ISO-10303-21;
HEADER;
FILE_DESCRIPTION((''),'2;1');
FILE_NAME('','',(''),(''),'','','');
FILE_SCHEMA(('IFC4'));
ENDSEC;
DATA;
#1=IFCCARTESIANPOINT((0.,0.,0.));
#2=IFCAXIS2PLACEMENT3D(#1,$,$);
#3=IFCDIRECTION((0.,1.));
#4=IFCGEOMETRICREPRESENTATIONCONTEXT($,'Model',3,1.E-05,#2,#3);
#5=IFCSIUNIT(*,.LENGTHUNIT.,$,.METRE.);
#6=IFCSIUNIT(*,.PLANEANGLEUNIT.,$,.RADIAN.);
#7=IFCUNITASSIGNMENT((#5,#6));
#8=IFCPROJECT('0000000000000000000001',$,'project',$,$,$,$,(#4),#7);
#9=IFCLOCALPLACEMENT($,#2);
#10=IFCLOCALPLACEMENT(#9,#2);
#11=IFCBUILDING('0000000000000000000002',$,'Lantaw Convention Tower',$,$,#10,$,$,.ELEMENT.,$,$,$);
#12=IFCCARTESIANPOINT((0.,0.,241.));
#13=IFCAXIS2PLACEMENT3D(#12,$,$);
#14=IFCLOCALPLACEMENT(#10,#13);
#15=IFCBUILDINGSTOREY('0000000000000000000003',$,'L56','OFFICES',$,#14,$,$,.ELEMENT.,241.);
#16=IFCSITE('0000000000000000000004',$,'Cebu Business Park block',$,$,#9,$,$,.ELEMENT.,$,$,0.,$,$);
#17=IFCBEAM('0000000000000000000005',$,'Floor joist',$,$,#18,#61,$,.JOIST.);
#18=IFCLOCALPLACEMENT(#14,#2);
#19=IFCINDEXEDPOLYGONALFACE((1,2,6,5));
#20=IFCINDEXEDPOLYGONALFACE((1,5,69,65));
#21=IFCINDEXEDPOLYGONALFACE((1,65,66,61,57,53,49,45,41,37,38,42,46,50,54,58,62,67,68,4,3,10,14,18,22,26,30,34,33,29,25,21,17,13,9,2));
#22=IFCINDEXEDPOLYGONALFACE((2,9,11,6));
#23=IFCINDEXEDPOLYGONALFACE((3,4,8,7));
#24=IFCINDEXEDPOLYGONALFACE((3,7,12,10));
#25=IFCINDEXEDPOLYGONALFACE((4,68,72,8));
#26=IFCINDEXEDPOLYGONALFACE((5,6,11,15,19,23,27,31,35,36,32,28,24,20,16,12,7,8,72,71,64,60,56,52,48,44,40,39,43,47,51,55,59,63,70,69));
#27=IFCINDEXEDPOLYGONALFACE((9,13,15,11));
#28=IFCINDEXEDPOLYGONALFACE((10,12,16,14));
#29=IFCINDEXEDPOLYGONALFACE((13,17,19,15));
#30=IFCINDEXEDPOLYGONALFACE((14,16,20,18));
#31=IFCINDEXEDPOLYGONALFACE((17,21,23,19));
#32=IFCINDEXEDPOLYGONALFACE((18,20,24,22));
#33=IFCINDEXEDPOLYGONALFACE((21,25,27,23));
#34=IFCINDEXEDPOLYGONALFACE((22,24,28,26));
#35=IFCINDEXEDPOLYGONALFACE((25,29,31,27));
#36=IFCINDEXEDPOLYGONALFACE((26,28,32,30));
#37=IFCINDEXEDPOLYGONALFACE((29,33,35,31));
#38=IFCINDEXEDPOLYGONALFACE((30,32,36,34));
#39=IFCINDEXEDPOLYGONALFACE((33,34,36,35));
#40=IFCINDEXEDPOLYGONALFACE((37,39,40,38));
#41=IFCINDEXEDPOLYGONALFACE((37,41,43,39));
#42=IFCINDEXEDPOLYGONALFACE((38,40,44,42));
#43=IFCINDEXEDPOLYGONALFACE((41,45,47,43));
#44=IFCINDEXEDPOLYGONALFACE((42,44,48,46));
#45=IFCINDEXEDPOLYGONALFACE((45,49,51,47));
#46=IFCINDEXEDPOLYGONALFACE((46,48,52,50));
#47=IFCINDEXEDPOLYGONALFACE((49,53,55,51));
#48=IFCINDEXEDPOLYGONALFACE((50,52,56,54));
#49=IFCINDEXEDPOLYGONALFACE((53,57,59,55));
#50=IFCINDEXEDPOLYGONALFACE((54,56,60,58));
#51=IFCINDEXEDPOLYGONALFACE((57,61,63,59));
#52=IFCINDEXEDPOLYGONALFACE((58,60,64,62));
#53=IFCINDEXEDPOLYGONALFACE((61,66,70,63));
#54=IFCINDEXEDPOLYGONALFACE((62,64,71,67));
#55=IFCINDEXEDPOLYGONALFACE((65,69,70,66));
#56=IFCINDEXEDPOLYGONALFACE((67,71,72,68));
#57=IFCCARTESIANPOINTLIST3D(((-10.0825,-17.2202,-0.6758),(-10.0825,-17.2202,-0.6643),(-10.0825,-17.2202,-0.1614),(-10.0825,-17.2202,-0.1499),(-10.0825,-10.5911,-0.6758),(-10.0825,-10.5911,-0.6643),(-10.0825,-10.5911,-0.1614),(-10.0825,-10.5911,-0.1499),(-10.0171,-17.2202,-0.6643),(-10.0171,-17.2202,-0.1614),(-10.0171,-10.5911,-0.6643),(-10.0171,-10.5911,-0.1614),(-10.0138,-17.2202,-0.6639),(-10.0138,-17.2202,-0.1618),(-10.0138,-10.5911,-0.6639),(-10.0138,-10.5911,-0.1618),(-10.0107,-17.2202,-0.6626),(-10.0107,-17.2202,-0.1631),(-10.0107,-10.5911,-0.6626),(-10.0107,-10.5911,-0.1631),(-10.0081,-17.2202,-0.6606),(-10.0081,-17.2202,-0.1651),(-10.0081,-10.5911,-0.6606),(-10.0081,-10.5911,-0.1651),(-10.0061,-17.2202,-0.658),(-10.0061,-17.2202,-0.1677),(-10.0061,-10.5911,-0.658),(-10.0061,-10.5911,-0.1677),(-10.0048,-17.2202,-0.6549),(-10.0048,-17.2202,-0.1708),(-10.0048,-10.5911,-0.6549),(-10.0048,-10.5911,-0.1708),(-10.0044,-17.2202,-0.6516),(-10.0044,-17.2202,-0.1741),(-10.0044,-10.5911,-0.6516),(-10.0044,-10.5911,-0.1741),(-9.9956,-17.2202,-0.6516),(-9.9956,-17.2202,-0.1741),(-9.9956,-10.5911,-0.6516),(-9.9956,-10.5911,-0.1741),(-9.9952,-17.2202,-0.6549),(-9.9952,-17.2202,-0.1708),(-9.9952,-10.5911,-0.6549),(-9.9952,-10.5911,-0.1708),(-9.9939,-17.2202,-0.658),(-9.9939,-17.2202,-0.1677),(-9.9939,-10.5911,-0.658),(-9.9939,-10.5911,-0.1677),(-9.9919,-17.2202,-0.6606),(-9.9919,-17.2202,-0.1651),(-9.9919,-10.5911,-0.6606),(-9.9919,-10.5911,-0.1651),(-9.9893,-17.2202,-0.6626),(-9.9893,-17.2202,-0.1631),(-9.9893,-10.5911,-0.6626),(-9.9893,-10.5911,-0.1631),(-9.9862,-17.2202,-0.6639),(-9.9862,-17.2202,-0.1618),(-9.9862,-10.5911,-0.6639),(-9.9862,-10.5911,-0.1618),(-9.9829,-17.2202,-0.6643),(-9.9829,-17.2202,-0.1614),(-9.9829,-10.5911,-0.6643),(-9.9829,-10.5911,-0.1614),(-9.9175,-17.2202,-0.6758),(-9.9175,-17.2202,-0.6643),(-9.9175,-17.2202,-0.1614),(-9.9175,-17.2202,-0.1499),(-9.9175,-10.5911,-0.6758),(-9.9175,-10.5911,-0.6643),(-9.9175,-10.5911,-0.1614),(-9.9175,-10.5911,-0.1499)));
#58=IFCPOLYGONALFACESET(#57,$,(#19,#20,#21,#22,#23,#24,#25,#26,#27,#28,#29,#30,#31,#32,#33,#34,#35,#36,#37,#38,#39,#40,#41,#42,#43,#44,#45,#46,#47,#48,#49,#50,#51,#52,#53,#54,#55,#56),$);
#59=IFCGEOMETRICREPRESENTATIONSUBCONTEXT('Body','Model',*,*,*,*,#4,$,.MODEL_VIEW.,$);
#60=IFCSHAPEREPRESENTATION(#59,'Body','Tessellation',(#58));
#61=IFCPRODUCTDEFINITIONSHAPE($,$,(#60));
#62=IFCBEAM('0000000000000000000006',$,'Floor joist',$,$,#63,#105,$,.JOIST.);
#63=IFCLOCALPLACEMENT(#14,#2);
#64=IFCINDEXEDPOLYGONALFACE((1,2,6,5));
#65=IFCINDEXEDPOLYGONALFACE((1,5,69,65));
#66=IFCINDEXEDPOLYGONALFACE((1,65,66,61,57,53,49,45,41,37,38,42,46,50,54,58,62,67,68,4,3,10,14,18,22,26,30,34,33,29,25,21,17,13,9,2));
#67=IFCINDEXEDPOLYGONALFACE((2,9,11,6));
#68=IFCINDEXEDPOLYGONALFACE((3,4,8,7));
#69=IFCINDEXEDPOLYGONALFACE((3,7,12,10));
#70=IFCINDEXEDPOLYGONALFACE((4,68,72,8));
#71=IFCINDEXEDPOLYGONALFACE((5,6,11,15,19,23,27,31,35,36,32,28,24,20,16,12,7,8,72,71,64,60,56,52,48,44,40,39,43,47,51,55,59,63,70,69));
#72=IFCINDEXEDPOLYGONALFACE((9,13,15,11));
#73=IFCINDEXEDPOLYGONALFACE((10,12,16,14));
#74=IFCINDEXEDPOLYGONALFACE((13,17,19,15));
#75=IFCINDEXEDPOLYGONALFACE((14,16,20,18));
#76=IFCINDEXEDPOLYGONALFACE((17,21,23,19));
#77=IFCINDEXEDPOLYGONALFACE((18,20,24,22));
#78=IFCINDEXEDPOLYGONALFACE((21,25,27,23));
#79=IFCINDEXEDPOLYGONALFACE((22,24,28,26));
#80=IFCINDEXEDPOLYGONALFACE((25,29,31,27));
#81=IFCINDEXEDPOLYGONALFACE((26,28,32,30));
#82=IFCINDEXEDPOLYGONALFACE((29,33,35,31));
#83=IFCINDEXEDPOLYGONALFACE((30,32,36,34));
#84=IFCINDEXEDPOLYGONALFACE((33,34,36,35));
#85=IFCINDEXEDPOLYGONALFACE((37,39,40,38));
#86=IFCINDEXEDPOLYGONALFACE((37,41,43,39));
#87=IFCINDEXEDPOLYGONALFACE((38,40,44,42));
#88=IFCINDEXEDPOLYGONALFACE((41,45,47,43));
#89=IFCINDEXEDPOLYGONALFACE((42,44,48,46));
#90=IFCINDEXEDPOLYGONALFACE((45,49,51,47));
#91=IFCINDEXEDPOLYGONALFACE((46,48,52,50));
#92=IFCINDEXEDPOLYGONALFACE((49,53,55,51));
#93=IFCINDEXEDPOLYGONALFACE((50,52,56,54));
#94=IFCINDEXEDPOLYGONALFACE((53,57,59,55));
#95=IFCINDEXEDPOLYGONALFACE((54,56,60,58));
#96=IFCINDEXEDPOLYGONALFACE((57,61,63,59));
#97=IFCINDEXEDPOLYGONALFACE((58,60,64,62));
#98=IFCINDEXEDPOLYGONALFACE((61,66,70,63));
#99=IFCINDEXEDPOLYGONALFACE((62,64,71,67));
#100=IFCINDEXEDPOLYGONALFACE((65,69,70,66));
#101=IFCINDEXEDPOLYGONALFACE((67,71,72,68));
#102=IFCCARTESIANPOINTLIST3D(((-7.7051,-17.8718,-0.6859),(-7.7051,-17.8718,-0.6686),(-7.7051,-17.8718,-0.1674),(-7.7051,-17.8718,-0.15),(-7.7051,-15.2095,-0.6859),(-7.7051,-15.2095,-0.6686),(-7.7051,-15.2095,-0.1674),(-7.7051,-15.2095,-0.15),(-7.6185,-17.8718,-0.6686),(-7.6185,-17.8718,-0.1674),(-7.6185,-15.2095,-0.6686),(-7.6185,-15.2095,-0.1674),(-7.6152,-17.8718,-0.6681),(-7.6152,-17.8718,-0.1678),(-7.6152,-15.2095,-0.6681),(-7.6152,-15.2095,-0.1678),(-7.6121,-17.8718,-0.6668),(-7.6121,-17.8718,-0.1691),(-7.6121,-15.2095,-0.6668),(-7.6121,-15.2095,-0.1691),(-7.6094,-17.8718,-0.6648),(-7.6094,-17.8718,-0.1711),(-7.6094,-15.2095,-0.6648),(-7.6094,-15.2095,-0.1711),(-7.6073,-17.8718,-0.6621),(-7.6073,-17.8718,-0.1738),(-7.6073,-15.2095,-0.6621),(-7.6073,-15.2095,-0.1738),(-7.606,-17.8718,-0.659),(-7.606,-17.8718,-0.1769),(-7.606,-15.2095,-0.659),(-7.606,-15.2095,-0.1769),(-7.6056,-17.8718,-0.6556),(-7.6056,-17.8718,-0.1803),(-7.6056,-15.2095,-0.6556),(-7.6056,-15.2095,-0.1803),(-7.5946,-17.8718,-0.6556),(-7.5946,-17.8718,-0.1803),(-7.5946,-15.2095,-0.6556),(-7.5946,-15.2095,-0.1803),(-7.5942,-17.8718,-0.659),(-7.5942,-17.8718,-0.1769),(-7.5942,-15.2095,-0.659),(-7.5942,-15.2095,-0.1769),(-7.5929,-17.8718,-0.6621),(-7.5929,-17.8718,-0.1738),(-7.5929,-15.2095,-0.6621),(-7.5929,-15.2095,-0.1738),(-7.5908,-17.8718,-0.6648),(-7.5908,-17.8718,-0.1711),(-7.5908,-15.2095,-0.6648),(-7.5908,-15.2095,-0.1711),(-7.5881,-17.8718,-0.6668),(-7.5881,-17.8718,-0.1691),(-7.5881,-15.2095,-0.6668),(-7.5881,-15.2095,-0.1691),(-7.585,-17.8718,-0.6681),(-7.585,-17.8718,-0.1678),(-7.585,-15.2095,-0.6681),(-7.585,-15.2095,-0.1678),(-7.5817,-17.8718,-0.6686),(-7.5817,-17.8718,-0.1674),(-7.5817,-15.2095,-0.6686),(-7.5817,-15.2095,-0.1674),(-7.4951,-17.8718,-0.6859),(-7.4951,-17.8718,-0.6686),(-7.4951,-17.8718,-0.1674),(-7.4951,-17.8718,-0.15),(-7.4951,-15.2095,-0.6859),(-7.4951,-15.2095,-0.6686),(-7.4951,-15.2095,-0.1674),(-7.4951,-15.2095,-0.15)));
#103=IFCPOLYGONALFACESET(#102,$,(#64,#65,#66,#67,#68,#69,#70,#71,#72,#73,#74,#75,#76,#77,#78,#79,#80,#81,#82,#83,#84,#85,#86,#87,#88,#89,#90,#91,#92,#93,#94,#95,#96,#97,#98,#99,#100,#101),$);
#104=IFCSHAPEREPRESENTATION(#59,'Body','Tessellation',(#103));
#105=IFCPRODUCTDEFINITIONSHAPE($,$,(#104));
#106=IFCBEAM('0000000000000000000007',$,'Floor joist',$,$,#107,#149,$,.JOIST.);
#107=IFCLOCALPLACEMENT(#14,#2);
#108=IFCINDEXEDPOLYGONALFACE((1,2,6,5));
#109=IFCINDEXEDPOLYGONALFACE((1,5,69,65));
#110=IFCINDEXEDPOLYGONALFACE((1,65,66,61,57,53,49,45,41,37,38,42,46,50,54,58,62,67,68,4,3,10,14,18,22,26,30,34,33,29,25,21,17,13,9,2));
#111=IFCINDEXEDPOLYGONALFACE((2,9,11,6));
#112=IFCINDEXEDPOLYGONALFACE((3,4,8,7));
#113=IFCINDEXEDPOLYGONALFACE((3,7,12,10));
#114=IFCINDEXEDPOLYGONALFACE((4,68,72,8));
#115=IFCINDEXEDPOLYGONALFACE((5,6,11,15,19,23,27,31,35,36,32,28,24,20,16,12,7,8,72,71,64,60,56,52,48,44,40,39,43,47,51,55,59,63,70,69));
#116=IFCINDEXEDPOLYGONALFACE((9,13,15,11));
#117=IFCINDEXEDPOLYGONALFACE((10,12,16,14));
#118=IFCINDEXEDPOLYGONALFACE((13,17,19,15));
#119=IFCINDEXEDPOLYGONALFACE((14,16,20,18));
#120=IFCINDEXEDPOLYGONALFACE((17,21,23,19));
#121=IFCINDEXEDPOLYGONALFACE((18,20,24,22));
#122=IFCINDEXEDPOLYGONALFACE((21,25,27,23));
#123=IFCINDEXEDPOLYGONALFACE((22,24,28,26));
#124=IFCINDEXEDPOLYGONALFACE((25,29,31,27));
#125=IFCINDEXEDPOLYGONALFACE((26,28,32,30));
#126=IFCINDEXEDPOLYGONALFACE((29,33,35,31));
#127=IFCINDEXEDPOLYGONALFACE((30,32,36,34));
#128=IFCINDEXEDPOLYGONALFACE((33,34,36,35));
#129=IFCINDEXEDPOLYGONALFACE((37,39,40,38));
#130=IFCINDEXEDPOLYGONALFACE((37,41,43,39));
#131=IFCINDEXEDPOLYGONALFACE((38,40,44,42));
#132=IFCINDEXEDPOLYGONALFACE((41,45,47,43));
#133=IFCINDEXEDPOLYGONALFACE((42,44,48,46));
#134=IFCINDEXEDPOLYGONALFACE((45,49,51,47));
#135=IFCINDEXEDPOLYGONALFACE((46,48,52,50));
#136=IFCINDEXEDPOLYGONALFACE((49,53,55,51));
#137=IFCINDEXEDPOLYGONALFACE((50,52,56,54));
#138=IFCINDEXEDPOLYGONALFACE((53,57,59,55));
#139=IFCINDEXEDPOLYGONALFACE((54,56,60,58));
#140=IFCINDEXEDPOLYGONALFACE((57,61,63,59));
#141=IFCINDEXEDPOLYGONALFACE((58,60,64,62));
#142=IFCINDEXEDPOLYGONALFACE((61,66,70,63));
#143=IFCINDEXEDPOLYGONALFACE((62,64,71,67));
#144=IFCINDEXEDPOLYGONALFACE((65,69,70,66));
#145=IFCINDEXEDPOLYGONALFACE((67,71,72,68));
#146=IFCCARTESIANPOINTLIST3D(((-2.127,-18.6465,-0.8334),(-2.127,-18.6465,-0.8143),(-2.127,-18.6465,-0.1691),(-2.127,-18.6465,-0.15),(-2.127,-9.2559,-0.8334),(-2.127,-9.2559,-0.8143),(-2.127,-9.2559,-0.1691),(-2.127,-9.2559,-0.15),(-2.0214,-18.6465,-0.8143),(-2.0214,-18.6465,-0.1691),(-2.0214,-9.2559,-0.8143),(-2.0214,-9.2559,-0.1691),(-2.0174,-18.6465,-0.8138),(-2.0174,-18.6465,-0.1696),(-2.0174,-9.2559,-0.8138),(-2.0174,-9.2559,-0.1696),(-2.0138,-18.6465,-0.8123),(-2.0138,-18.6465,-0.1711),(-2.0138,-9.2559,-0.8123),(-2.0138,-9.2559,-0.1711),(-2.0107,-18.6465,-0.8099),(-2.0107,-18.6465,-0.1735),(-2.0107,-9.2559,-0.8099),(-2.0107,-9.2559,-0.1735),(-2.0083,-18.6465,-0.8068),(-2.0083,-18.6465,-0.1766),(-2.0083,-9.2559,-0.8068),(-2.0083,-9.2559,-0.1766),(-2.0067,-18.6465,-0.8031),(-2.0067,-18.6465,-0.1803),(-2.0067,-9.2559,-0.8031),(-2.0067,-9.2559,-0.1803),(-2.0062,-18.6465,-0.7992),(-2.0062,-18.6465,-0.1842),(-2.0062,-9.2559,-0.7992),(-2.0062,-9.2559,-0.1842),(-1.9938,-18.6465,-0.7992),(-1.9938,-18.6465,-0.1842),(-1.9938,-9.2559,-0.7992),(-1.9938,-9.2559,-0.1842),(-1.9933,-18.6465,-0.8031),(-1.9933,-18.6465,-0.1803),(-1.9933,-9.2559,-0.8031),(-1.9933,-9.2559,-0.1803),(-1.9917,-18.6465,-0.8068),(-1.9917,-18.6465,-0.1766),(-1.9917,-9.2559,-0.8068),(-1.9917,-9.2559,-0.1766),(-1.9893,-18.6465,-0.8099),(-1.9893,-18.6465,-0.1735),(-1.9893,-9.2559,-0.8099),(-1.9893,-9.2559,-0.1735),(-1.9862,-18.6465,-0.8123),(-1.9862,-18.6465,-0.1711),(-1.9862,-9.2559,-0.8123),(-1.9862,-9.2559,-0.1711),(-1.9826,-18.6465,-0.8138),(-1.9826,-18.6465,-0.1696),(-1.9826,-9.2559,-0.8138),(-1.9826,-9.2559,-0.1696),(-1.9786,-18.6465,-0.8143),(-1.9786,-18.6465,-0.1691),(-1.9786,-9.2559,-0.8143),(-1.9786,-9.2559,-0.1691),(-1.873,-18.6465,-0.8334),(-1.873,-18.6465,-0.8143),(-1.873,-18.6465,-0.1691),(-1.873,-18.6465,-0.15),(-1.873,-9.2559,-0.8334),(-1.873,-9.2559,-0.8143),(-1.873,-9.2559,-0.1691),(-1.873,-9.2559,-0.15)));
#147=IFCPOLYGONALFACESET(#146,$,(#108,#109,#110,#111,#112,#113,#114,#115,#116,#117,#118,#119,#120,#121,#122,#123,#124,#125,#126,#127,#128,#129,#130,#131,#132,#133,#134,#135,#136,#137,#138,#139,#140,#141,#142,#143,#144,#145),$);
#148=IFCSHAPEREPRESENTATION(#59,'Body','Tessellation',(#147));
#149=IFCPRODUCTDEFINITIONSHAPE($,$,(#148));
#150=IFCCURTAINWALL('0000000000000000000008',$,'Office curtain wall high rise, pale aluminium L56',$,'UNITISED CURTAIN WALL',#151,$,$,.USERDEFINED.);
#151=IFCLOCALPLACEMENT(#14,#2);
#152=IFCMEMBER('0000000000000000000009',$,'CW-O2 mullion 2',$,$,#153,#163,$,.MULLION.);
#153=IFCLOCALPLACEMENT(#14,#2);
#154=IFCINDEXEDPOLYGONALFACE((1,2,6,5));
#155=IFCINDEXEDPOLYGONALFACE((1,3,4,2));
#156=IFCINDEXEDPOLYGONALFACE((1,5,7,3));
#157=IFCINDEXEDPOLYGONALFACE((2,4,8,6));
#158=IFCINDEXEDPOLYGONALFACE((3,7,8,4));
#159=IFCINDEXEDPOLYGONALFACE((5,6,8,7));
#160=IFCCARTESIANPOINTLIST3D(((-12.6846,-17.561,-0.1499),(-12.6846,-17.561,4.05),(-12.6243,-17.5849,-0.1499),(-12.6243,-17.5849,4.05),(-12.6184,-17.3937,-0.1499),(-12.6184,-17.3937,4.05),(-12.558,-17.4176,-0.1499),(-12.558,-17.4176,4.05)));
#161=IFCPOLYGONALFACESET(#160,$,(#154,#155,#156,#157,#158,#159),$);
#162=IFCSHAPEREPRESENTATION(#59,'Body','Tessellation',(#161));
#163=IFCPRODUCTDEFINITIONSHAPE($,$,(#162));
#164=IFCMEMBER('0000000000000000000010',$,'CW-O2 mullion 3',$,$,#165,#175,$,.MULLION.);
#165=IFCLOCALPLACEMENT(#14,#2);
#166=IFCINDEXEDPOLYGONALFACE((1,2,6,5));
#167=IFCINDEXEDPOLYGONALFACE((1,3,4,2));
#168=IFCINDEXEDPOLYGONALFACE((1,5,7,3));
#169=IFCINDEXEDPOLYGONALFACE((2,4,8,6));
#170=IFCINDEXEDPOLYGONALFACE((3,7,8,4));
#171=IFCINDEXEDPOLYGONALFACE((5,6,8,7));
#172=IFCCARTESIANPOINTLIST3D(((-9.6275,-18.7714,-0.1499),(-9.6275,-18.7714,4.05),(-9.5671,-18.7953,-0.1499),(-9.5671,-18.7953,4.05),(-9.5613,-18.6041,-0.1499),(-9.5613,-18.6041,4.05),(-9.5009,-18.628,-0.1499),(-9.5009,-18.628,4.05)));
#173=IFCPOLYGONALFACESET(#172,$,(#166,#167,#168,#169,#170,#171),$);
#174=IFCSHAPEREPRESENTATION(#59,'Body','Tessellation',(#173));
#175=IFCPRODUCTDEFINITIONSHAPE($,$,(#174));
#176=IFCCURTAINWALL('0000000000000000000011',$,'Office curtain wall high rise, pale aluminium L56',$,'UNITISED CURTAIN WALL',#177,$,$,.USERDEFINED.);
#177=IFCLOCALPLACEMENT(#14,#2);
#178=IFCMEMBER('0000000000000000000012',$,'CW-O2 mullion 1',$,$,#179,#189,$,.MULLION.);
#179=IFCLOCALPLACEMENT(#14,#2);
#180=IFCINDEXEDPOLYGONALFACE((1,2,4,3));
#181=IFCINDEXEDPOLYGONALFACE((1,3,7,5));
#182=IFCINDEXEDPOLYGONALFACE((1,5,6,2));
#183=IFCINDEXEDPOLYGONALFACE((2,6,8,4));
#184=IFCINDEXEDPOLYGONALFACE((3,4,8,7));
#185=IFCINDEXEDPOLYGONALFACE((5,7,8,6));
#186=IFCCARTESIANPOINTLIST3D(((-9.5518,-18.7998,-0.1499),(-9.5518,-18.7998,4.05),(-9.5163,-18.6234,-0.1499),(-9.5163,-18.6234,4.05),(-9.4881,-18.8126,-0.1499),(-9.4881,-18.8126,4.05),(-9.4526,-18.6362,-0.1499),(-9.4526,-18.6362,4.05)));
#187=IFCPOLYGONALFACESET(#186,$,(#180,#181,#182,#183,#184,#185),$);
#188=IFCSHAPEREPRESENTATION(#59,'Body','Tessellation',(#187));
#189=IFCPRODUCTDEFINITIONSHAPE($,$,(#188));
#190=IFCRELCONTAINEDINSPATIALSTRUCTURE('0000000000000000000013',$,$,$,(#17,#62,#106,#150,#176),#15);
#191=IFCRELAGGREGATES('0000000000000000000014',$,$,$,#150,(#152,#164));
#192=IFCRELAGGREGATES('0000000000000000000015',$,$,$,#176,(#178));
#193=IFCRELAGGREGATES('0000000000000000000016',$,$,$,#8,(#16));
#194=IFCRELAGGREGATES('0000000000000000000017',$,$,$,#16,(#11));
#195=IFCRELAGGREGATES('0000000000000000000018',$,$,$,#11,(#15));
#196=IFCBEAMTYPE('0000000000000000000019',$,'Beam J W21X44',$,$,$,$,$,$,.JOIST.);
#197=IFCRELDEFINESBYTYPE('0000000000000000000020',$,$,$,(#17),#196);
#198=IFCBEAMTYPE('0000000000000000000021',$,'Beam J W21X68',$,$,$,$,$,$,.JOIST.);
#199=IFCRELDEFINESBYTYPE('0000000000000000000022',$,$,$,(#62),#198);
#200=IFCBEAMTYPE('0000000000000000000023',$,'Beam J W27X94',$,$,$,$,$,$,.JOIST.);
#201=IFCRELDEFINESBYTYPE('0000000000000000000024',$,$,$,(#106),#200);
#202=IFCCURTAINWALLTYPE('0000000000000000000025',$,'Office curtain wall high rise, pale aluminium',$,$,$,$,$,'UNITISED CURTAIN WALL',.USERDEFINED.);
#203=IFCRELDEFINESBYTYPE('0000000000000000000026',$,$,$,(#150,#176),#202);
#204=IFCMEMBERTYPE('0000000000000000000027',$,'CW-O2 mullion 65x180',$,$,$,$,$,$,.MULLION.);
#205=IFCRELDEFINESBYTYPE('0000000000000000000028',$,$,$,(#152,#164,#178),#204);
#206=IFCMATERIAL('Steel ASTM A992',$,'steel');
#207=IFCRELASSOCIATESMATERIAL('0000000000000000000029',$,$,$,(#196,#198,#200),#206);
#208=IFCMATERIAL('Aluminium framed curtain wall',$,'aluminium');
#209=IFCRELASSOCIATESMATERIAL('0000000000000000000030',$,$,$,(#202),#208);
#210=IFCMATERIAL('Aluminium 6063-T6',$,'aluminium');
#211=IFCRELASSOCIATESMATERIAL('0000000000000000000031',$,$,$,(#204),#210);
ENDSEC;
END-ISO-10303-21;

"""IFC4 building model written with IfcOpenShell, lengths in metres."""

from ifc_helpers import new_model, si_unit, direction, frame, origin, origin_2d, place, context, subcontext, project, spatial, rectangle, i_section, extrude, material, material_profile, profile_set, type_object, element, aggregate, save


model = new_model("IFC4")

# Units and contexts
model_context = context("Model", 3, precision=1e-05, world=origin(), true_north=direction((0.0, 1.0)))
body_context = subcontext(model_context, "Body", "Model", "MODEL_VIEW")
ifc_project = project(units=[si_unit("LENGTHUNIT", "METRE"), si_unit("PLANEANGLEUNIT", "RADIAN")], contexts=[model_context])

# Site, building, storey
site_placement = place(None, origin())
site = spatial("IfcSite", under=ifc_project, at=site_placement, Name="Cebu Business Park block", CompositionType="ELEMENT", RefElevation=0.0)
building_placement = place(site_placement, origin())
building = spatial("IfcBuilding", under=site, at=building_placement, Name="Lantaw Convention Tower", CompositionType="ELEMENT")
storey_placement = place(building_placement, frame((0.0, 0.0, 241.0)))
storey = spatial("IfcBuildingStorey", under=building, at=storey_placement, Name="L56", Description="OFFICES", CompositionType="ELEMENT", Elevation=241.0)

# Beams
ifc_material_1 = material(Name="Steel ASTM A992", Category="steel")
ifc_material_profile_1 = material_profile(ifc_material_1, i_section(OverallWidth=0.165, OverallDepth=0.5259, WebThickness=0.0088, FlangeThickness=0.0115, FilletRadius=0.0127, at=origin_2d()), Name="W21X44")
ifc_profile_set_1 = profile_set([ifc_material_profile_1], Name="Steel ASTM A992")
beam_type_1 = type_object("IfcBeamType", Name="Beam J W21X44", PredefinedType="JOIST", material=ifc_profile_set_1)
beam_1_placement = place(storey_placement, frame((-10.0, -17.2202, -0.4128), z_axis=(0.0, 1.0, 0.0), x_axis=(-1.0, 0.0, 0.0)))
element("IfcBeam", 1, at=beam_1_placement, inside=storey, type_object=beam_type_1, Name="Floor joist", PredefinedType="JOIST", context=body_context, shape_type="SweptSolid", body=[
    extrude(i_section(OverallWidth=0.165, OverallDepth=0.5259, WebThickness=0.0088, FlangeThickness=0.0115, FilletRadius=0.0127, at=origin_2d()), origin(), (0.0, 0.0, 1.0), 6.6292),
])
ifc_material_profile_2 = material_profile(ifc_material_1, i_section(OverallWidth=0.21, OverallDepth=0.5359, WebThickness=0.011, FlangeThickness=0.0173, FilletRadius=0.0129, at=origin_2d()), Name="W21X68")
ifc_profile_set_2 = profile_set([ifc_material_profile_2], Name="Steel ASTM A992")
beam_type_2 = type_object("IfcBeamType", Name="Beam J W21X68", PredefinedType="JOIST", material=ifc_profile_set_2)
beam_2_placement = place(storey_placement, frame((-7.6001, -17.8718, -0.418), z_axis=(0.0, 1.0, 0.0), x_axis=(-1.0, 0.0, 0.0)))
element("IfcBeam", 2, at=beam_2_placement, inside=storey, type_object=beam_type_2, Name="Floor joist", PredefinedType="JOIST", context=body_context, shape_type="SweptSolid", body=[
    extrude(i_section(OverallWidth=0.21, OverallDepth=0.5359, WebThickness=0.011, FlangeThickness=0.0173, FilletRadius=0.0129, at=origin_2d()), origin(), (0.0, 0.0, 1.0), 2.6624),
])
ifc_material_profile_3 = material_profile(ifc_material_1, i_section(OverallWidth=0.2539, OverallDepth=0.6833, WebThickness=0.0125, FlangeThickness=0.019, FilletRadius=0.0151, at=origin_2d()), Name="W27X94")
ifc_profile_set_3 = profile_set([ifc_material_profile_3], Name="Steel ASTM A992")
beam_type_3 = type_object("IfcBeamType", Name="Beam J W27X94", PredefinedType="JOIST", material=ifc_profile_set_3)
beam_3_placement = place(storey_placement, frame((-2.0, -18.6465, -0.4917), z_axis=(0.0, 1.0, 0.0), x_axis=(-1.0, 0.0, 0.0)))
element("IfcBeam", 3, at=beam_3_placement, inside=storey, type_object=beam_type_3, Name="Floor joist", PredefinedType="JOIST", context=body_context, shape_type="SweptSolid", body=[
    extrude(i_section(OverallWidth=0.2539, OverallDepth=0.6833, WebThickness=0.0125, FlangeThickness=0.019, FilletRadius=0.0151, at=origin_2d()), origin(), (0.0, 0.0, 1.0), 9.3906),
])

# Curtain walls, members
ifc_material_2 = material(Name="Aluminium framed curtain wall", Category="aluminium")
curtain_wall_type = type_object("IfcCurtainWallType", Name="Office curtain wall high rise, pale aluminium", ElementType="UNITISED CURTAIN WALL", PredefinedType="USERDEFINED", material=ifc_material_2)
curtain_wall_1_placement = place(storey_placement, origin())
curtain_wall_1 = element("IfcCurtainWall", 4, at=curtain_wall_1_placement, inside=storey, type_object=curtain_wall_type, Name="Office curtain wall high rise, pale aluminium L56", ObjectType="UNITISED CURTAIN WALL", PredefinedType="USERDEFINED")
ifc_material_3 = material(Name="Aluminium 6063-T6", Category="aluminium")
ifc_material_profile_4 = material_profile(ifc_material_3, rectangle(XDim=0.1799, YDim=0.0649, at=origin_2d()), Name="CW-O2 mullion 65x180")
ifc_profile_set_4 = profile_set([ifc_material_profile_4], Name="Aluminium 6063-T6")
member_type_1 = type_object("IfcMemberType", Name="CW-O2 mullion 65x180", PredefinedType="MULLION", material=ifc_profile_set_4)
member_1_placement = place(storey_placement, frame((-12.6213, -17.4893, -0.1499), z_axis=(0.0, 0.0, 1.0), x_axis=(0.368162, 0.929762, 0.0)))
member_1 = element("IfcMember", 5, at=member_1_placement, type_object=member_type_1, Name="CW-O2 mullion 2", PredefinedType="MULLION", context=body_context, shape_type="SweptSolid", body=[
    extrude(rectangle(XDim=0.1799, YDim=0.0649, at=origin_2d()), origin(), (0.0, 0.0, 1.0), 4.2),
])
member_2_placement = place(storey_placement, frame((-9.5642, -18.6997, -0.1499), z_axis=(0.0, 0.0, 1.0), x_axis=(0.368162, 0.929762, 0.0)))
member_2 = element("IfcMember", 6, at=member_2_placement, type_object=member_type_1, Name="CW-O2 mullion 3", PredefinedType="MULLION", context=body_context, shape_type="SweptSolid", body=[
    extrude(rectangle(XDim=0.1799, YDim=0.0649, at=origin_2d()), origin(), (0.0, 0.0, 1.0), 4.2),
])
curtain_wall_2_placement = place(storey_placement, origin())
curtain_wall_2 = element("IfcCurtainWall", 7, at=curtain_wall_2_placement, inside=storey, type_object=curtain_wall_type, Name="Office curtain wall high rise, pale aluminium L56", ObjectType="UNITISED CURTAIN WALL", PredefinedType="USERDEFINED")
member_3_placement = place(storey_placement, frame((-9.5022, -18.718, -0.1499), z_axis=(0.0, 0.0, 1.0), x_axis=(0.197183, 0.980367, 0.0)))
member_3 = element("IfcMember", 8, at=member_3_placement, type_object=member_type_1, Name="CW-O2 mullion 1", PredefinedType="MULLION", context=body_context, shape_type="SweptSolid", body=[
    extrude(rectangle(XDim=0.1799, YDim=0.0649, at=origin_2d()), origin(), (0.0, 0.0, 1.0), 4.2),
])

aggregate(curtain_wall_1, [member_1, member_2])
aggregate(curtain_wall_2, [member_3])

save(model, "model.ifc")
